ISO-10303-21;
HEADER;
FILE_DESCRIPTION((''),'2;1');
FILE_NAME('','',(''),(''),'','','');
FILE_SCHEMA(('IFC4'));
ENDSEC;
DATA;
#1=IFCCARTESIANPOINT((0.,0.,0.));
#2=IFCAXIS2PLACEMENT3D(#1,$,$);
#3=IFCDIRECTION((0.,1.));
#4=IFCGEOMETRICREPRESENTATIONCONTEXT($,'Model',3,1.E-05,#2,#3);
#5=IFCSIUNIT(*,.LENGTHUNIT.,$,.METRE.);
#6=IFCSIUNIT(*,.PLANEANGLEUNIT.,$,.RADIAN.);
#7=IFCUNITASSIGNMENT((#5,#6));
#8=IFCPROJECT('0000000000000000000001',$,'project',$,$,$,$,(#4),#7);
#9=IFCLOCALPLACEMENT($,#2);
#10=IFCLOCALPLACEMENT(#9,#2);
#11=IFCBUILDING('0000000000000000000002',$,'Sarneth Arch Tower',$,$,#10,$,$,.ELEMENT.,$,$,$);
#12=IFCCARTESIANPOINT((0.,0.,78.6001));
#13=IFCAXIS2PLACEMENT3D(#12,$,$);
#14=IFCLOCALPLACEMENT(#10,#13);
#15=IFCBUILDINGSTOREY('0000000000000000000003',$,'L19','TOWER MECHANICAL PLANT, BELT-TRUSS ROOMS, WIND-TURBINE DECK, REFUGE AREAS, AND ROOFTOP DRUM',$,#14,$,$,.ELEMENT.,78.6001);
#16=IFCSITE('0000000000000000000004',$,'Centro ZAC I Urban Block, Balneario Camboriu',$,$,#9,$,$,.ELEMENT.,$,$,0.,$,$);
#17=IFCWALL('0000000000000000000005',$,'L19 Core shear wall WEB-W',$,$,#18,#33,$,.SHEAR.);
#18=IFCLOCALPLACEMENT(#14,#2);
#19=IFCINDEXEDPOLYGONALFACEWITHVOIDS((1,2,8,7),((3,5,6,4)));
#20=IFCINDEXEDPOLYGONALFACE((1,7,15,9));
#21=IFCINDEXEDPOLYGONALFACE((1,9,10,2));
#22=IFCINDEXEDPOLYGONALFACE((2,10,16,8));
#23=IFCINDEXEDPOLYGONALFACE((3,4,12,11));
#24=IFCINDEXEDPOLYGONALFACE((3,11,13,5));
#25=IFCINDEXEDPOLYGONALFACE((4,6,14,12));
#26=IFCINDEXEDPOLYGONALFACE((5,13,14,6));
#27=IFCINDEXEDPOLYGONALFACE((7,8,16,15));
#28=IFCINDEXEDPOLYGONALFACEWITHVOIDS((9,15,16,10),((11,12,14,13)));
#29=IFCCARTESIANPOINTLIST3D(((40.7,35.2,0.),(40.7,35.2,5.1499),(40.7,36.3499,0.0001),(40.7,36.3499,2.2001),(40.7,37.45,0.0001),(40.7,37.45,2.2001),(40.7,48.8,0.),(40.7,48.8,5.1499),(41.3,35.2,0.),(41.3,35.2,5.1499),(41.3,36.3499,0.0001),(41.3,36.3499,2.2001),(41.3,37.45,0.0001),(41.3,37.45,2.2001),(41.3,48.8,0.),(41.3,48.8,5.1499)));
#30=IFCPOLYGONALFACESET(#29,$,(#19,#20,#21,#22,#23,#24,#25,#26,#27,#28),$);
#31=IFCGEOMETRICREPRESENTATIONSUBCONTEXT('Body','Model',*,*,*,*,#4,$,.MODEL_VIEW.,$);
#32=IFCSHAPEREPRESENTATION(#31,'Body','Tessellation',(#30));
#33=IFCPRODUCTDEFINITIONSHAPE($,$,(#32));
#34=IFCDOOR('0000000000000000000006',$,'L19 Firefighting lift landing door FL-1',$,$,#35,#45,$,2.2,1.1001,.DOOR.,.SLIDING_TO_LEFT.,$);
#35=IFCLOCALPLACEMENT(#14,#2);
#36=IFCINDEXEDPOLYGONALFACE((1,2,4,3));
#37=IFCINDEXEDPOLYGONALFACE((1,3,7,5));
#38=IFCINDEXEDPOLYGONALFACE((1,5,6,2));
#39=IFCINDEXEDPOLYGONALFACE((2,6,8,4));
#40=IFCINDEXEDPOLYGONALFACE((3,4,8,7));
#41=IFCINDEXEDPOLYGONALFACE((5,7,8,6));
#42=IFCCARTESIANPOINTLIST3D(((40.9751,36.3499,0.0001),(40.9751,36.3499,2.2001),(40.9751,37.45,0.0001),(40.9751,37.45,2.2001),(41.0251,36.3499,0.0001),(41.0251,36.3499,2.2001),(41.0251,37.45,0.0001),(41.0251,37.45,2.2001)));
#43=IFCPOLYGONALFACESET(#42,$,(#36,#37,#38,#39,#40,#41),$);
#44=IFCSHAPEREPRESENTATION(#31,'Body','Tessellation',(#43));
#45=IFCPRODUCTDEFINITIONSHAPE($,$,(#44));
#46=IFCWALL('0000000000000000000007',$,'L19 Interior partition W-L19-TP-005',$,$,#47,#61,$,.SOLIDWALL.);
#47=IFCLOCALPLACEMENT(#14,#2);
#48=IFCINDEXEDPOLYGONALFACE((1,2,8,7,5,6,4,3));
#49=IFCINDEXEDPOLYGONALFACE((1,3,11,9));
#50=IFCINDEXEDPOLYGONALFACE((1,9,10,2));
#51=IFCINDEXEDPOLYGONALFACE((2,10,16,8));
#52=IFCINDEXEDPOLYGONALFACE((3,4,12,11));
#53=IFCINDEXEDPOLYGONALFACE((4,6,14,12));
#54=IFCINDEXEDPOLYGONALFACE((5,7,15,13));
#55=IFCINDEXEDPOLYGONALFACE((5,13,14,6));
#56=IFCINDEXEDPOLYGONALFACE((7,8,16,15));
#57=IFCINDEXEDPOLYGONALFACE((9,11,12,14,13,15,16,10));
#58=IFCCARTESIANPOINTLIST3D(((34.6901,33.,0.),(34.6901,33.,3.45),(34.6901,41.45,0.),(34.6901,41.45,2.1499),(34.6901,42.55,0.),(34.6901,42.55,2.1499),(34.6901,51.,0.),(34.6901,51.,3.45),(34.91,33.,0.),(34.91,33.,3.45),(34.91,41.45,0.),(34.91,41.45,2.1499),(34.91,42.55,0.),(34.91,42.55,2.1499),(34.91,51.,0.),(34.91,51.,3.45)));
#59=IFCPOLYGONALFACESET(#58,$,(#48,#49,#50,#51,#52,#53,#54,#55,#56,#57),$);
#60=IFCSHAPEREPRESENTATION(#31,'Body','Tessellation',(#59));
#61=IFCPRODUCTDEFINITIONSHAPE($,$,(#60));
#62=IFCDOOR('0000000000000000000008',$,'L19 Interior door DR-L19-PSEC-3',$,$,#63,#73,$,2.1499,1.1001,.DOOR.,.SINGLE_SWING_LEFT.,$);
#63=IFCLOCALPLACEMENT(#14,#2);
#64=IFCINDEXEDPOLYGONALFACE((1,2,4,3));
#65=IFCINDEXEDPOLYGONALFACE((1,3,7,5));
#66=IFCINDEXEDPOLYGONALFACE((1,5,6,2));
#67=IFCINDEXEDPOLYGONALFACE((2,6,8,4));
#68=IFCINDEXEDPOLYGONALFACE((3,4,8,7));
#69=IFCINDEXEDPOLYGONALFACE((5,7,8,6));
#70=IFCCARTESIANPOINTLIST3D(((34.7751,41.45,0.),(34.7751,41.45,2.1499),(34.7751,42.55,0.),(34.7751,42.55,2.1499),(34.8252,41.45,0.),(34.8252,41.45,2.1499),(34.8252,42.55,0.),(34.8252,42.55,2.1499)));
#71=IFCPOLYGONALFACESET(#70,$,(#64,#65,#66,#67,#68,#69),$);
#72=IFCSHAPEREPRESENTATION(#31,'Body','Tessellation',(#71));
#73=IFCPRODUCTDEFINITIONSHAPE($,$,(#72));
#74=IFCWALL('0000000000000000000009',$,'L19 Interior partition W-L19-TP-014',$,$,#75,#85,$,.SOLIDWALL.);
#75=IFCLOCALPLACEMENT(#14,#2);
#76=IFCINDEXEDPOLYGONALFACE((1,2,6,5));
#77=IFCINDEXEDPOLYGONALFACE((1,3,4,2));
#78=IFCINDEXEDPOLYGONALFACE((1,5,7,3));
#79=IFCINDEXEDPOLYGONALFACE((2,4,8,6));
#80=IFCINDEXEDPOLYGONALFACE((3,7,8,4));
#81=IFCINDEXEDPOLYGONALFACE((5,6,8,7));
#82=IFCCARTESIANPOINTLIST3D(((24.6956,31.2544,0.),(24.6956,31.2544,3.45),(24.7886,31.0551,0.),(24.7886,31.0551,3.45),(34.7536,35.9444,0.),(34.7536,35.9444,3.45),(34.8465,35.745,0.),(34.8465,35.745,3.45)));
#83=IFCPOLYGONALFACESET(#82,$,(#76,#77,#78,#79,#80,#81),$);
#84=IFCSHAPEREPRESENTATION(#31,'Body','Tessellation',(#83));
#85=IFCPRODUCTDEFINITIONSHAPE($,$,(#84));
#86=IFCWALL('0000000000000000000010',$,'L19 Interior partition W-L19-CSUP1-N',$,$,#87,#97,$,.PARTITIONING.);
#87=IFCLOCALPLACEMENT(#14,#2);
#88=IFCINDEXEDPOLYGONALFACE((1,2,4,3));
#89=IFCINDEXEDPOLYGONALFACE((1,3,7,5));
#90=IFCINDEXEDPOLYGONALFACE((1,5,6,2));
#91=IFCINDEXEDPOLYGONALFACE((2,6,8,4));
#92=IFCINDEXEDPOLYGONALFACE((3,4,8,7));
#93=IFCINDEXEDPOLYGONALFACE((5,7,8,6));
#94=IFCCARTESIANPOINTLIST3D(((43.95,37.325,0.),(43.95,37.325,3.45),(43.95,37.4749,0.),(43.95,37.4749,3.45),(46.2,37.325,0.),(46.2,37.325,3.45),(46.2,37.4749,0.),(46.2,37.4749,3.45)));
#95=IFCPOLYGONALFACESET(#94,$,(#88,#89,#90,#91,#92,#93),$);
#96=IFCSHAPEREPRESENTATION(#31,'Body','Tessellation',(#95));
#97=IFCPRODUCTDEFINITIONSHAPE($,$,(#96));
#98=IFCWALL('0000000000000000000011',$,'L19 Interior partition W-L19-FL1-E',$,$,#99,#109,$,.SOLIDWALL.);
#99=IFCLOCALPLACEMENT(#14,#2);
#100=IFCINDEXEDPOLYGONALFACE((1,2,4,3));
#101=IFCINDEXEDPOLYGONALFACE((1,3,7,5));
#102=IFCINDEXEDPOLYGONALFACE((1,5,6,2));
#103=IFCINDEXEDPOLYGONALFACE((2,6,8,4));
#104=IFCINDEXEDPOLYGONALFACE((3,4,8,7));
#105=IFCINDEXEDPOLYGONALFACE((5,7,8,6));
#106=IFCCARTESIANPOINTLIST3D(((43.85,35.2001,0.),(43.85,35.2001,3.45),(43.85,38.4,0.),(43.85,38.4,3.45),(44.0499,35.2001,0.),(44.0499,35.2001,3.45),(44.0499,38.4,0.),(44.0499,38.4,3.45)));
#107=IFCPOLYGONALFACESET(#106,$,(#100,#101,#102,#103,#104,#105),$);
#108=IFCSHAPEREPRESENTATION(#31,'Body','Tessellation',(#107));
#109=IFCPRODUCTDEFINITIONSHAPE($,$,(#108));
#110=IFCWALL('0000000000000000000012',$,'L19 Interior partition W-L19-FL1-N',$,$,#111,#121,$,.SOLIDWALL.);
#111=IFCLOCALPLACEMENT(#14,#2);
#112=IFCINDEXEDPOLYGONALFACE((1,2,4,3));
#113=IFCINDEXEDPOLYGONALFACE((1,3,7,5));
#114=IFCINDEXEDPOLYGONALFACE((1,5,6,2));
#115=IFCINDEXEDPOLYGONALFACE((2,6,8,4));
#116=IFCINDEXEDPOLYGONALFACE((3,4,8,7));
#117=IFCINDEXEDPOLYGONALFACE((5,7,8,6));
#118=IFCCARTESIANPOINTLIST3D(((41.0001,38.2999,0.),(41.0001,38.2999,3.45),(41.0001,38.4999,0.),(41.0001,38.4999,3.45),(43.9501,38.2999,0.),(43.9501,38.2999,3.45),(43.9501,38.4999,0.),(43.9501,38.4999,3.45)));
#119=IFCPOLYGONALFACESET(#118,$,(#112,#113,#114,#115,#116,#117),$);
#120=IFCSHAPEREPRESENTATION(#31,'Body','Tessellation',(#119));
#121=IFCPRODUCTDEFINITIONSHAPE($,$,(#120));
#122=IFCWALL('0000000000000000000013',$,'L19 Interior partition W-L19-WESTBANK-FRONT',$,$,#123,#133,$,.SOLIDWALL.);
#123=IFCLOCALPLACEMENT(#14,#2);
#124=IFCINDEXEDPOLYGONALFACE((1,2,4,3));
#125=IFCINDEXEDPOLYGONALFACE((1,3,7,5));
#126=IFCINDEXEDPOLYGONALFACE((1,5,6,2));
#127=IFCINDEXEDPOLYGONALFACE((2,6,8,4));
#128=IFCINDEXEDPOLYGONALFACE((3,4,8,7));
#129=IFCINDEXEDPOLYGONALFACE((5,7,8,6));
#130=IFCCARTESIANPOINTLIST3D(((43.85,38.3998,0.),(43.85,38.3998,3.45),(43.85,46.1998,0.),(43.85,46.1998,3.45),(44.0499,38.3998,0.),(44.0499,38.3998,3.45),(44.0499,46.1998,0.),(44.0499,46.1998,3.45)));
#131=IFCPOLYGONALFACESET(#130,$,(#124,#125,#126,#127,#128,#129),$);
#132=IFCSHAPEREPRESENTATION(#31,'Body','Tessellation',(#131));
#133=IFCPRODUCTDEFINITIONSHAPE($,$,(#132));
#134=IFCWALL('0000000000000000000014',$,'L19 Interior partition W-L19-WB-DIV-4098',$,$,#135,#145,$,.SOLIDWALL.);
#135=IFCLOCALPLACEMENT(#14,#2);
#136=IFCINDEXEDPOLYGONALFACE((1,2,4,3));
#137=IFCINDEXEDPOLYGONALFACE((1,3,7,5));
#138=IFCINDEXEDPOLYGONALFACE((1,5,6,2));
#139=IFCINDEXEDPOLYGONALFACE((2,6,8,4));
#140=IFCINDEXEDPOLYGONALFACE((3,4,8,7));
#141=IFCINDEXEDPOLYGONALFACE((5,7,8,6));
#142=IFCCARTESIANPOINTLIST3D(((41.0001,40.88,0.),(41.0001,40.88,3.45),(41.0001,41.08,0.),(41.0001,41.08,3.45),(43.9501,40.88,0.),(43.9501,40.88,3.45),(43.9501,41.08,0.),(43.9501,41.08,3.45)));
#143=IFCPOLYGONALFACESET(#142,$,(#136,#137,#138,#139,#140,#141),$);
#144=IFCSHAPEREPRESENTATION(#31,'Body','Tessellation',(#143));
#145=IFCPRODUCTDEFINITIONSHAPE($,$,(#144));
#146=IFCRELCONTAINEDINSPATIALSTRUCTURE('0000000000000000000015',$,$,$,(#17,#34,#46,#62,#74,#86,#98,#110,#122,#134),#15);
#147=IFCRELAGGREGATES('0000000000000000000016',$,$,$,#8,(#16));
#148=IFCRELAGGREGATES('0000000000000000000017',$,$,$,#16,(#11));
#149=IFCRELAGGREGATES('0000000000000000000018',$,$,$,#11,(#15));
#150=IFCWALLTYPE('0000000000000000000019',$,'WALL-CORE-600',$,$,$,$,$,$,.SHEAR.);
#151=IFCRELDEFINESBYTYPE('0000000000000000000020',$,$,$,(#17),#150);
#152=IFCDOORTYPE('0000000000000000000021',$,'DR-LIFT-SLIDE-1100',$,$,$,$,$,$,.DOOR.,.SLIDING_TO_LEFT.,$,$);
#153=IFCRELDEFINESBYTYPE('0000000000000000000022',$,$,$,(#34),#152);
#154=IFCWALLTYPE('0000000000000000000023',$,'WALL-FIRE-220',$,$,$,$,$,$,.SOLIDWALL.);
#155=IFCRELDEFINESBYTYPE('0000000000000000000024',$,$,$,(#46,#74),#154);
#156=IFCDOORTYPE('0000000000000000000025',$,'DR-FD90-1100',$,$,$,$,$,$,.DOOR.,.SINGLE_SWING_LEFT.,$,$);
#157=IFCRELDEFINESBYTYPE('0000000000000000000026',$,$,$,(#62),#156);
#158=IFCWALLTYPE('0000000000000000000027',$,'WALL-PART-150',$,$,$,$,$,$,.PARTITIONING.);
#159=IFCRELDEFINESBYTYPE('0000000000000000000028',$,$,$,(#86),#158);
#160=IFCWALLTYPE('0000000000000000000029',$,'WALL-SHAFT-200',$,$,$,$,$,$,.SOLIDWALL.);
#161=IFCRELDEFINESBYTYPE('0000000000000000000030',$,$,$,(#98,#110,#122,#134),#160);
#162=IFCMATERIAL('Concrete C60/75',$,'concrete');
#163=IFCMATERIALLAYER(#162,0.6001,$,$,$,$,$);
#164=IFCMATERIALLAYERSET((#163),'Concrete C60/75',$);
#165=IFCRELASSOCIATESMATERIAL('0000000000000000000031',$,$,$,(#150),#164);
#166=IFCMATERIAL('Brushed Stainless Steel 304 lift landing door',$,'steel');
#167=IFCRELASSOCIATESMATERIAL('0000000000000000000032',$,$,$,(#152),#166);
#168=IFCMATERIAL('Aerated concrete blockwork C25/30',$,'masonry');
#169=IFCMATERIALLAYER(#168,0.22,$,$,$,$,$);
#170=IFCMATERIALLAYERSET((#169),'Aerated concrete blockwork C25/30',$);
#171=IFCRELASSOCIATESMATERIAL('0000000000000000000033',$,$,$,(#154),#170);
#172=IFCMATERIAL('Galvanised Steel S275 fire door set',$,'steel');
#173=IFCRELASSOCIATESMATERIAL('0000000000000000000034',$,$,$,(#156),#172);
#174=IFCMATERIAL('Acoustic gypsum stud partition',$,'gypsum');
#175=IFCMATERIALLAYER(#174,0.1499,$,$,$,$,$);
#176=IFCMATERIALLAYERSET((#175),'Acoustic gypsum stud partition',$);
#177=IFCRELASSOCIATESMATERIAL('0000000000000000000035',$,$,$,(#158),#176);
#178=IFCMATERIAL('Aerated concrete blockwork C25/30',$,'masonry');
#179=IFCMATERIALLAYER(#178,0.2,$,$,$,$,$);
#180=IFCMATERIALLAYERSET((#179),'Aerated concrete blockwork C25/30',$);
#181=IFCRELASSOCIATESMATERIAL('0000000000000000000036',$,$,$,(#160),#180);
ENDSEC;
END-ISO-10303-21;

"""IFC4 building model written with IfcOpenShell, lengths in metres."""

from ifc_helpers import new_model, si_unit, direction, frame, frame_2d, origin, place, context, subcontext, project, spatial, rectangle, extrude, material, layer, layer_set, type_object, element, fill, save


model = new_model("IFC4")

# Units and contexts
model_context = context("Model", 3, precision=1e-05, world=origin(), true_north=direction((0.0, 1.0)))
body_context = subcontext(model_context, "Body", "Model", "MODEL_VIEW")
ifc_project = project(units=[si_unit("LENGTHUNIT", "METRE"), si_unit("PLANEANGLEUNIT", "RADIAN")], contexts=[model_context])

# Site, building, storey
site_placement = place(None, origin())
site = spatial("IfcSite", under=ifc_project, at=site_placement, Name="Centro ZAC I Urban Block, Balneario Camboriu", CompositionType="ELEMENT", RefElevation=0.0)
building_placement = place(site_placement, origin())
building = spatial("IfcBuilding", under=site, at=building_placement, Name="Sarneth Arch Tower", CompositionType="ELEMENT")
storey_placement = place(building_placement, frame((0.0, 0.0, 78.6001)))
storey = spatial("IfcBuildingStorey", under=building, at=storey_placement, Name="L19", Description="TOWER MECHANICAL PLANT, BELT-TRUSS ROOMS, WIND-TURBINE DECK, REFUGE AREAS, AND ROOFTOP DRUM", CompositionType="ELEMENT", Elevation=78.6001)

# Shared definitions
ifc_material_1 = material(Name="Concrete C60/75", Category="concrete")
ifc_layer_1 = layer(ifc_material_1, 0.6001)
ifc_layer_set_1 = layer_set([ifc_layer_1], Name="Concrete C60/75")
wall_type_1 = type_object("IfcWallType", Name="WALL-CORE-600", PredefinedType="SHEAR", material=ifc_layer_set_1)

# Walls, openings, doors
wall_1_placement = place(storey_placement, frame((41.0, 35.2, 0.0), z_axis=(0.0, 0.0, 1.0), x_axis=(0.0, 1.0, 0.0)))
wall_1 = element("IfcWall", 1, at=wall_1_placement, inside=storey, type_object=wall_type_1, Name="L19 Core shear wall WEB-W", PredefinedType="SHEAR", context=body_context, shape_type="SweptSolid", body=[
    extrude(rectangle(XDim=13.6001, YDim=0.6001, at=frame_2d((6.8, 0.0))), origin(), (0.0, 0.0, 1.0), 5.1499),
])
opening_1_placement = place(wall_1_placement, frame((1.1499, 0.0, 0.0)))
opening_1 = element("IfcOpeningElement", 2, at=opening_1_placement, cuts=wall_1, PredefinedType="OPENING", context=body_context, shape_type="SweptSolid", body=[
    extrude(rectangle(XDim=1.1001, YDim=2.2, at=frame_2d((0.55, 1.1001))), frame((0.0, 0.3101, 0.0), z_axis=(0.0, -1.0, 0.0), x_axis=(1.0, 0.0, 0.0)), (0.0, 0.0, 1.0), 0.6201),
])
ifc_material_2 = material(Name="Brushed Stainless Steel 304 lift landing door", Category="steel")
door_type_1 = type_object("IfcDoorType", Name="DR-LIFT-SLIDE-1100", OperationType="SLIDING_TO_LEFT", PredefinedType="DOOR", material=ifc_material_2)
door_1_placement = place(opening_1_placement, origin())
door_1 = element("IfcDoor", 3, at=door_1_placement, inside=storey, type_object=door_type_1, Name="L19 Firefighting lift landing door FL-1", OperationType="SLIDING_TO_LEFT", OverallHeight=2.2, OverallWidth=1.1001, PredefinedType="DOOR", context=body_context, shape_type="SweptSolid", body=[
    extrude(rectangle(XDim=1.1001, YDim=2.2, at=frame_2d((0.55, 1.1001))), frame((0.0, 0.0249, 0.0), z_axis=(0.0, -1.0, 0.0), x_axis=(1.0, 0.0, 0.0)), (0.0, 0.0, 1.0), 0.05),
])
fill(opening_1, door_1)
ifc_material_3 = material(Name="Aerated concrete blockwork C25/30", Category="masonry")
ifc_layer_2 = layer(ifc_material_3, 0.22)
ifc_layer_set_2 = layer_set([ifc_layer_2], Name="Aerated concrete blockwork C25/30")
wall_type_2 = type_object("IfcWallType", Name="WALL-FIRE-220", PredefinedType="SOLIDWALL", material=ifc_layer_set_2)
wall_2_placement = place(storey_placement, frame((34.8, 33.0, 0.0), z_axis=(0.0, 0.0, 1.0), x_axis=(0.0, 1.0, 0.0)))
wall_2 = element("IfcWall", 4, at=wall_2_placement, inside=storey, type_object=wall_type_2, Name="L19 Interior partition W-L19-TP-005", PredefinedType="SOLIDWALL", context=body_context, shape_type="SweptSolid", body=[
    extrude(rectangle(XDim=18.0, YDim=0.22, at=frame_2d((9.0, 0.0))), origin(), (0.0, 0.0, 1.0), 3.45),
])
opening_2_placement = place(wall_2_placement, frame((8.45, 0.0, 0.0)))
opening_2 = element("IfcOpeningElement", 5, at=opening_2_placement, cuts=wall_2, PredefinedType="OPENING", context=body_context, shape_type="SweptSolid", body=[
    extrude(rectangle(XDim=1.1001, YDim=2.1499, at=frame_2d((0.55, 1.075))), frame((0.0, 0.1199, 0.0), z_axis=(0.0, -1.0, 0.0), x_axis=(1.0, 0.0, 0.0)), (0.0, 0.0, 1.0), 0.24),
])
ifc_material_4 = material(Name="Galvanised Steel S275 fire door set", Category="steel")
door_type_2 = type_object("IfcDoorType", Name="DR-FD90-1100", OperationType="SINGLE_SWING_LEFT", PredefinedType="DOOR", material=ifc_material_4)
door_2_placement = place(opening_2_placement, origin())
door_2 = element("IfcDoor", 6, at=door_2_placement, inside=storey, type_object=door_type_2, Name="L19 Interior door DR-L19-PSEC-3", OperationType="SINGLE_SWING_LEFT", OverallHeight=2.1499, OverallWidth=1.1001, PredefinedType="DOOR", context=body_context, shape_type="SweptSolid", body=[
    extrude(rectangle(XDim=1.1001, YDim=2.1499, at=frame_2d((0.55, 1.075))), frame((0.0, 0.0249, 0.0), z_axis=(0.0, -1.0, 0.0), x_axis=(1.0, 0.0, 0.0)), (0.0, 0.0, 1.0), 0.05),
])
fill(opening_2, door_2)

# Walls
wall_3_placement = place(storey_placement, frame((34.8, 35.8447, 0.0), z_axis=(0.0, 0.0, 1.0), x_axis=(-0.906312, -0.42261, 0.0)))
element("IfcWall", 7, at=wall_3_placement, inside=storey, type_object=wall_type_2, Name="L19 Interior partition W-L19-TP-014", PredefinedType="SOLIDWALL", context=body_context, shape_type="SweptSolid", body=[
    extrude(rectangle(XDim=11.0977, YDim=0.22, at=frame_2d((5.5488, 0.0))), origin(), (0.0, 0.0, 1.0), 3.45),
])
ifc_material_5 = material(Name="Acoustic gypsum stud partition", Category="gypsum")
ifc_layer_3 = layer(ifc_material_5, 0.1499)
ifc_layer_set_3 = layer_set([ifc_layer_3], Name="Acoustic gypsum stud partition")
wall_type_3 = type_object("IfcWallType", Name="WALL-PART-150", PredefinedType="PARTITIONING", material=ifc_layer_set_3)
wall_4_placement = place(storey_placement, frame((43.95, 37.3999, 0.0), z_axis=(0.0, 0.0, 1.0), x_axis=(1.0, 0.0, 0.0)))
element("IfcWall", 8, at=wall_4_placement, inside=storey, type_object=wall_type_3, Name="L19 Interior partition W-L19-CSUP1-N", PredefinedType="PARTITIONING", context=body_context, shape_type="SweptSolid", body=[
    extrude(rectangle(XDim=2.25, YDim=0.1499, at=frame_2d((1.125, 0.0))), origin(), (0.0, 0.0, 1.0), 3.45),
])

# Shared definitions
ifc_material_6 = material(Name="Aerated concrete blockwork C25/30", Category="masonry")
ifc_layer_4 = layer(ifc_material_6, 0.2)
ifc_layer_set_4 = layer_set([ifc_layer_4], Name="Aerated concrete blockwork C25/30")
wall_type_4 = type_object("IfcWallType", Name="WALL-SHAFT-200", PredefinedType="SOLIDWALL", material=ifc_layer_set_4)

# Walls
wall_5_placement = place(storey_placement, frame((43.95, 35.2, 0.0), z_axis=(0.0, 0.0, 1.0), x_axis=(0.0, 1.0, 0.0)))
element("IfcWall", 9, at=wall_5_placement, inside=storey, type_object=wall_type_4, Name="L19 Interior partition W-L19-FL1-E", PredefinedType="SOLIDWALL", context=body_context, shape_type="SweptSolid", body=[
    extrude(rectangle(XDim=3.2, YDim=0.2, at=frame_2d((1.6001, 0.0))), origin(), (0.0, 0.0, 1.0), 3.45),
])
wall_6_placement = place(storey_placement, frame((41.0, 38.3999, 0.0), z_axis=(0.0, 0.0, 1.0), x_axis=(1.0, 0.0, 0.0)))
element("IfcWall", 10, at=wall_6_placement, inside=storey, type_object=wall_type_4, Name="L19 Interior partition W-L19-FL1-N", PredefinedType="SOLIDWALL", context=body_context, shape_type="SweptSolid", body=[
    extrude(rectangle(XDim=2.95, YDim=0.2, at=frame_2d((1.4751, 0.0))), origin(), (0.0, 0.0, 1.0), 3.45),
])
wall_7_placement = place(storey_placement, frame((43.95, 38.3999, 0.0), z_axis=(0.0, 0.0, 1.0), x_axis=(0.0, 1.0, 0.0)))
element("IfcWall", 11, at=wall_7_placement, inside=storey, type_object=wall_type_4, Name="L19 Interior partition W-L19-WESTBANK-FRONT", PredefinedType="SOLIDWALL", context=body_context, shape_type="SweptSolid", body=[
    extrude(rectangle(XDim=7.8, YDim=0.2, at=frame_2d((3.8999, 0.0))), origin(), (0.0, 0.0, 1.0), 3.45),
])
wall_8_placement = place(storey_placement, frame((41.0, 40.98, 0.0), z_axis=(0.0, 0.0, 1.0), x_axis=(1.0, 0.0, 0.0)))
element("IfcWall", 12, at=wall_8_placement, inside=storey, type_object=wall_type_4, Name="L19 Interior partition W-L19-WB-DIV-4098", PredefinedType="SOLIDWALL", context=body_context, shape_type="SweptSolid", body=[
    extrude(rectangle(XDim=2.95, YDim=0.2, at=frame_2d((1.4751, 0.0))), origin(), (0.0, 0.0, 1.0), 3.45),
])

save(model, "model.ifc")
